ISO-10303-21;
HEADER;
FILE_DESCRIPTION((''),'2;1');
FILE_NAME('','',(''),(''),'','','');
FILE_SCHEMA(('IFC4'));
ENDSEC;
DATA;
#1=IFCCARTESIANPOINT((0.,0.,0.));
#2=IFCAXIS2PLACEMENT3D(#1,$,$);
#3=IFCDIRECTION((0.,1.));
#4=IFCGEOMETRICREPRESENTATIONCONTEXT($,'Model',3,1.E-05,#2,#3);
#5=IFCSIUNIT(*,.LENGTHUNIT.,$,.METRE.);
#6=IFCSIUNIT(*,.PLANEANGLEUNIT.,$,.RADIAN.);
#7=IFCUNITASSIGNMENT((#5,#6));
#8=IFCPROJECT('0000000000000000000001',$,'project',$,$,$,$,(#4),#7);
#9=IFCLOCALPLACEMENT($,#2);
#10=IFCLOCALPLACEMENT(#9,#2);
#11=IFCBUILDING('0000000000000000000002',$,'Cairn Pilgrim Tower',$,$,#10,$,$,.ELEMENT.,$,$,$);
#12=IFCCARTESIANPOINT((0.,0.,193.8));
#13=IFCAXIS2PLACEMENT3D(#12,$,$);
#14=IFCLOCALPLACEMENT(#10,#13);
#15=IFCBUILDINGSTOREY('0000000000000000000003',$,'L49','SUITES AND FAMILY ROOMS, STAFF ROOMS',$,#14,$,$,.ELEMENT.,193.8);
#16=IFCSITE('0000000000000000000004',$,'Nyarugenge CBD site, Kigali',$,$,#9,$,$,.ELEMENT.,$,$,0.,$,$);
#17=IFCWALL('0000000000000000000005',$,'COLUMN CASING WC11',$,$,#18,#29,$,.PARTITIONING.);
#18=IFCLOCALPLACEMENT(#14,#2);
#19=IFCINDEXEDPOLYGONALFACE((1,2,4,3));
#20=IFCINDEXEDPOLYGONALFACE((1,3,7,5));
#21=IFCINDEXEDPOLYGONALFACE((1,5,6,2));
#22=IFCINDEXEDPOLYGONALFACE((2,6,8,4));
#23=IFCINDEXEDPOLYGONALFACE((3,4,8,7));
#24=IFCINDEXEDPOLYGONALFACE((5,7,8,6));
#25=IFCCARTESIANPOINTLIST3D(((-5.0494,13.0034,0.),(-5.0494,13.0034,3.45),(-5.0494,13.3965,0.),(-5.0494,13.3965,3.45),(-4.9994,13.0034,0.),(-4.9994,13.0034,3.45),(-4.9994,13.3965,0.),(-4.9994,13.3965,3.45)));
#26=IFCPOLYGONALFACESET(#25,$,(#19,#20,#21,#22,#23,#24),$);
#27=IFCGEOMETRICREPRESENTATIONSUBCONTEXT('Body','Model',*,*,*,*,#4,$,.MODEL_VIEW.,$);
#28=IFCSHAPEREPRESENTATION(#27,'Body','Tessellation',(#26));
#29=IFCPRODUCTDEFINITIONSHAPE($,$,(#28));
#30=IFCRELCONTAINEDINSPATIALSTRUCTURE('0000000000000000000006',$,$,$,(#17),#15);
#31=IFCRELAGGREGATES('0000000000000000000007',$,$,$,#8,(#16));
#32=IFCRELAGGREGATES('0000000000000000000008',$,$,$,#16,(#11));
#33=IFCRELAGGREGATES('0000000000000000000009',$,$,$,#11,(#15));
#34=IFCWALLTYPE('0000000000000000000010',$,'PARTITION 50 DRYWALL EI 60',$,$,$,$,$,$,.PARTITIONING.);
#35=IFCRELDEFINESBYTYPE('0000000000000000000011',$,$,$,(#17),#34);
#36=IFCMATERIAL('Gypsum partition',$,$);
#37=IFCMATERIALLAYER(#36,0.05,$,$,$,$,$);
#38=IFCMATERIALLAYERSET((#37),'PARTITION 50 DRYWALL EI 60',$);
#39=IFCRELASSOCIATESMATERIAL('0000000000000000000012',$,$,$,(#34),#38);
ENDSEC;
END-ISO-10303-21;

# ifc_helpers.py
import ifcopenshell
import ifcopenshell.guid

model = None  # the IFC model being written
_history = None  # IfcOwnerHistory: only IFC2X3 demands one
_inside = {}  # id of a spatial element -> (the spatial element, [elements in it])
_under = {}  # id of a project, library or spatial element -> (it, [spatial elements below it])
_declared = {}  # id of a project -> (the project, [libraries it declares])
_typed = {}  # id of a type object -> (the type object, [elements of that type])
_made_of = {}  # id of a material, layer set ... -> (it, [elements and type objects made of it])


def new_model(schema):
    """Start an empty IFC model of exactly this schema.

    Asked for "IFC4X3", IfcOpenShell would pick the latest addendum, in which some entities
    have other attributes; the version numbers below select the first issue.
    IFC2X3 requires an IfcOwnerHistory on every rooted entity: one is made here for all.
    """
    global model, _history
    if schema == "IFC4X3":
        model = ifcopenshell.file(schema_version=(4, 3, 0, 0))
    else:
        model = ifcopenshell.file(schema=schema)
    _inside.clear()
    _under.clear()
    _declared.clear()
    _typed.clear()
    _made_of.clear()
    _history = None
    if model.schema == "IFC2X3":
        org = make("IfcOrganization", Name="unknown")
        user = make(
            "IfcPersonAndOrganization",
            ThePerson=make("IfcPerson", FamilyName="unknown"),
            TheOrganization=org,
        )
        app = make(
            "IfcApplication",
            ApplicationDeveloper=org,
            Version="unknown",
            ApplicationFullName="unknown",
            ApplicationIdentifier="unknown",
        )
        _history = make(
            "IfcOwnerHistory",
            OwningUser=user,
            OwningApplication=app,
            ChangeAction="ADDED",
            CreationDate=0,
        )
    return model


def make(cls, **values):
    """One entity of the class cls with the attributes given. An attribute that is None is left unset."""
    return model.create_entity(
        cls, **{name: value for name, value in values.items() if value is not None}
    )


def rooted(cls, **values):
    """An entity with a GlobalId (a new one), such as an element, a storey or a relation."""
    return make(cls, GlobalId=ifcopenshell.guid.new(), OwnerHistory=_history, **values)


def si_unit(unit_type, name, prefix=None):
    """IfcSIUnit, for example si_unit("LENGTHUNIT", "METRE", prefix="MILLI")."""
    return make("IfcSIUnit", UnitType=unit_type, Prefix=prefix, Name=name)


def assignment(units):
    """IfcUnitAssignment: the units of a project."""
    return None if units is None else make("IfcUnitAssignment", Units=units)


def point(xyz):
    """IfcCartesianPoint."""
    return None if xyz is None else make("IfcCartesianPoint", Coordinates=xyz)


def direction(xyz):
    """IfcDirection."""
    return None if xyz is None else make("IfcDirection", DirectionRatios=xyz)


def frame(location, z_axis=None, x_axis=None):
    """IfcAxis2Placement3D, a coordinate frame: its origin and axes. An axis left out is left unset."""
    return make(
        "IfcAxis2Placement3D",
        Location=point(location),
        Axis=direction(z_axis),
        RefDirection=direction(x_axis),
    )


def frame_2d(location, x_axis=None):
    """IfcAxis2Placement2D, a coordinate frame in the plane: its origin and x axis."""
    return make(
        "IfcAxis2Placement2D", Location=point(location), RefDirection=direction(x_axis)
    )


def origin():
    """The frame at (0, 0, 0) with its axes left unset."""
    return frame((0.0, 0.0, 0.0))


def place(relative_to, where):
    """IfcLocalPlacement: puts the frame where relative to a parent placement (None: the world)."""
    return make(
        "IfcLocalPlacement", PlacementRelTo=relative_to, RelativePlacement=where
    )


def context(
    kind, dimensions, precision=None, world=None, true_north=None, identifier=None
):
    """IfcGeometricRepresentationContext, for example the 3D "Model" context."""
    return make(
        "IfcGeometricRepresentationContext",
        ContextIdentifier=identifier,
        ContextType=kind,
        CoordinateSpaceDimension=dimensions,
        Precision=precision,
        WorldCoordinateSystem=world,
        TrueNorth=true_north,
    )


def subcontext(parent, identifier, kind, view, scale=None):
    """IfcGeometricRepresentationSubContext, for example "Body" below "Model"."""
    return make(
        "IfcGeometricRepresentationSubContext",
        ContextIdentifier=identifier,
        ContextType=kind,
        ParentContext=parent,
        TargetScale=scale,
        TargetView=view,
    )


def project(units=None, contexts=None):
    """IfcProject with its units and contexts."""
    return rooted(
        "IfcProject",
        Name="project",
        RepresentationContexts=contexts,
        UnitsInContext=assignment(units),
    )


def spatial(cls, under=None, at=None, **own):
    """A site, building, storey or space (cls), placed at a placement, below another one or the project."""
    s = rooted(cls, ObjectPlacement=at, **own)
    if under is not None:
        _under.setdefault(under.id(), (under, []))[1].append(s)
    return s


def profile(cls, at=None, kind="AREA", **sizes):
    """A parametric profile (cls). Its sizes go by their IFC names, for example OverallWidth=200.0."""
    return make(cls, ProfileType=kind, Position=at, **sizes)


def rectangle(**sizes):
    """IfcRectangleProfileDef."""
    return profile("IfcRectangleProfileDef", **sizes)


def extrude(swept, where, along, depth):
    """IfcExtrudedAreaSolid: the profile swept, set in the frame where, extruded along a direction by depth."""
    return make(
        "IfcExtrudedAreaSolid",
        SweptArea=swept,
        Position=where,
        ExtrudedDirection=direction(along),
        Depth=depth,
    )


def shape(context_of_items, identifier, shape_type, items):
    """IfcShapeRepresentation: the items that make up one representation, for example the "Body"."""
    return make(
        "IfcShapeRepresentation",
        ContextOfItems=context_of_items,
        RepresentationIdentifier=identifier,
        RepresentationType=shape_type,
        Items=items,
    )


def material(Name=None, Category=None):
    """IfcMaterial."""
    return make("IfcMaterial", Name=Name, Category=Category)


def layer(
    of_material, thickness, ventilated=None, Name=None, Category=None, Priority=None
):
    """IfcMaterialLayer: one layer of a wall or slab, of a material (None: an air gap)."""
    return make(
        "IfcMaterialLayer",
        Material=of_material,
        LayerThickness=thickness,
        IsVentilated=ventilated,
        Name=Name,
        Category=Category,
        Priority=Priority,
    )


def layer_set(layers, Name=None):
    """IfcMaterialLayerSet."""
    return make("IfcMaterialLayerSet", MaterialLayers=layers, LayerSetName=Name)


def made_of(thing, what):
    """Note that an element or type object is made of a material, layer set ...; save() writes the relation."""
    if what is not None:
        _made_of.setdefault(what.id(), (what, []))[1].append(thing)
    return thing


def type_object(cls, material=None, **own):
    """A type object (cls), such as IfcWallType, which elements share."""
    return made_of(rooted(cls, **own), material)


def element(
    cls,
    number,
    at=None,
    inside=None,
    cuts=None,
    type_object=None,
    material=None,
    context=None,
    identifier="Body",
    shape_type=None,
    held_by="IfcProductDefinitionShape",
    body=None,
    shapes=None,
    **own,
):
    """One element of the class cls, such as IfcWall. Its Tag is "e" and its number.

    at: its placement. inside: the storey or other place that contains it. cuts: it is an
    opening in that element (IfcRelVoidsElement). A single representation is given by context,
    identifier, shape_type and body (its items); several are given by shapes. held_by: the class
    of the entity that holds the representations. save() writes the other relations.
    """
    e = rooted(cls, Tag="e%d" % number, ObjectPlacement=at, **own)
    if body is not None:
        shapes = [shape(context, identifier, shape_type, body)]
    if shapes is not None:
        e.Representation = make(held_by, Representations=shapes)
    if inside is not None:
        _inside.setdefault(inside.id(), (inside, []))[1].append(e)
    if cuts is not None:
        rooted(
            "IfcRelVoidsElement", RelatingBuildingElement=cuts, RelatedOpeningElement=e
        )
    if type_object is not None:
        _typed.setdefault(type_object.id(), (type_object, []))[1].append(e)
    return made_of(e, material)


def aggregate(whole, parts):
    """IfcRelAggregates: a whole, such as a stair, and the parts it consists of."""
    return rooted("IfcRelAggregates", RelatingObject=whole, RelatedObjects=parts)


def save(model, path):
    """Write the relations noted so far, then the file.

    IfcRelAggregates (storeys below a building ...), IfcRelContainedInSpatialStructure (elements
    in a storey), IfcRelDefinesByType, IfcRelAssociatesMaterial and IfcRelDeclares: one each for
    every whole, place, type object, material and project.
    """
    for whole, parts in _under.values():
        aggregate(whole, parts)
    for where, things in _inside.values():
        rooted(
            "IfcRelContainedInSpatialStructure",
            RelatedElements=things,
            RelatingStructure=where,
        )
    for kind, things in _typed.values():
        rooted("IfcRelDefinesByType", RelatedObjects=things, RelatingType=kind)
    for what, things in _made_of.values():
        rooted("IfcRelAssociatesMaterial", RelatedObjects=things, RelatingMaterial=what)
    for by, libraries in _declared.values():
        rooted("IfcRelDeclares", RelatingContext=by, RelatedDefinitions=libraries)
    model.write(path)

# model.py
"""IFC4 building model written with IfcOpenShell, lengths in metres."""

from ifc_helpers import new_model, si_unit, direction, frame, frame_2d, origin, place, context, subcontext, project, spatial, rectangle, extrude, material, layer, layer_set, type_object, element, save


model = new_model("IFC4")

# Units and contexts
model_context = context("Model", 3, precision=1e-05, world=origin(), true_north=direction((0.0, 1.0)))
body_context = subcontext(model_context, "Body", "Model", "MODEL_VIEW")
ifc_project = project(units=[si_unit("LENGTHUNIT", "METRE"), si_unit("PLANEANGLEUNIT", "RADIAN")], contexts=[model_context])

# Site, building, storey
site_placement = place(None, origin())
site = spatial("IfcSite", under=ifc_project, at=site_placement, Name="Nyarugenge CBD site, Kigali", CompositionType="ELEMENT", RefElevation=0.0)
building_placement = place(site_placement, origin())
building = spatial("IfcBuilding", under=site, at=building_placement, Name="Cairn Pilgrim Tower", CompositionType="ELEMENT")
storey_placement = place(building_placement, frame((0.0, 0.0, 193.8)))
storey = spatial("IfcBuildingStorey", under=building, at=storey_placement, Name="L49", Description="SUITES AND FAMILY ROOMS, STAFF ROOMS", CompositionType="ELEMENT", Elevation=193.8)

# Shared definitions
ifc_material_1 = material(Name="Gypsum partition")

# Wall
ifc_layer_1 = layer(ifc_material_1, 0.05)
ifc_layer_set_1 = layer_set([ifc_layer_1], Name="PARTITION 50 DRYWALL EI 60")
wall_type_1 = type_object("IfcWallType", Name="PARTITION 50 DRYWALL EI 60", PredefinedType="PARTITIONING", material=ifc_layer_set_1)
wall_1_placement = place(storey_placement, frame((-5.0244, 13.0034, 0.0), z_axis=(0.0, 0.0, 1.0), x_axis=(0.0, 1.0, 0.0)))
element("IfcWall", 1, at=wall_1_placement, inside=storey, type_object=wall_type_1, Name="COLUMN CASING WC11", PredefinedType="PARTITIONING", context=body_context, shape_type="SweptSolid", body=[
    extrude(rectangle(XDim=0.3931, YDim=0.05, at=frame_2d((0.1965, 0.0))), origin(), (0.0, 0.0, 1.0), 3.45),
])

save(model, "model.ifc")
